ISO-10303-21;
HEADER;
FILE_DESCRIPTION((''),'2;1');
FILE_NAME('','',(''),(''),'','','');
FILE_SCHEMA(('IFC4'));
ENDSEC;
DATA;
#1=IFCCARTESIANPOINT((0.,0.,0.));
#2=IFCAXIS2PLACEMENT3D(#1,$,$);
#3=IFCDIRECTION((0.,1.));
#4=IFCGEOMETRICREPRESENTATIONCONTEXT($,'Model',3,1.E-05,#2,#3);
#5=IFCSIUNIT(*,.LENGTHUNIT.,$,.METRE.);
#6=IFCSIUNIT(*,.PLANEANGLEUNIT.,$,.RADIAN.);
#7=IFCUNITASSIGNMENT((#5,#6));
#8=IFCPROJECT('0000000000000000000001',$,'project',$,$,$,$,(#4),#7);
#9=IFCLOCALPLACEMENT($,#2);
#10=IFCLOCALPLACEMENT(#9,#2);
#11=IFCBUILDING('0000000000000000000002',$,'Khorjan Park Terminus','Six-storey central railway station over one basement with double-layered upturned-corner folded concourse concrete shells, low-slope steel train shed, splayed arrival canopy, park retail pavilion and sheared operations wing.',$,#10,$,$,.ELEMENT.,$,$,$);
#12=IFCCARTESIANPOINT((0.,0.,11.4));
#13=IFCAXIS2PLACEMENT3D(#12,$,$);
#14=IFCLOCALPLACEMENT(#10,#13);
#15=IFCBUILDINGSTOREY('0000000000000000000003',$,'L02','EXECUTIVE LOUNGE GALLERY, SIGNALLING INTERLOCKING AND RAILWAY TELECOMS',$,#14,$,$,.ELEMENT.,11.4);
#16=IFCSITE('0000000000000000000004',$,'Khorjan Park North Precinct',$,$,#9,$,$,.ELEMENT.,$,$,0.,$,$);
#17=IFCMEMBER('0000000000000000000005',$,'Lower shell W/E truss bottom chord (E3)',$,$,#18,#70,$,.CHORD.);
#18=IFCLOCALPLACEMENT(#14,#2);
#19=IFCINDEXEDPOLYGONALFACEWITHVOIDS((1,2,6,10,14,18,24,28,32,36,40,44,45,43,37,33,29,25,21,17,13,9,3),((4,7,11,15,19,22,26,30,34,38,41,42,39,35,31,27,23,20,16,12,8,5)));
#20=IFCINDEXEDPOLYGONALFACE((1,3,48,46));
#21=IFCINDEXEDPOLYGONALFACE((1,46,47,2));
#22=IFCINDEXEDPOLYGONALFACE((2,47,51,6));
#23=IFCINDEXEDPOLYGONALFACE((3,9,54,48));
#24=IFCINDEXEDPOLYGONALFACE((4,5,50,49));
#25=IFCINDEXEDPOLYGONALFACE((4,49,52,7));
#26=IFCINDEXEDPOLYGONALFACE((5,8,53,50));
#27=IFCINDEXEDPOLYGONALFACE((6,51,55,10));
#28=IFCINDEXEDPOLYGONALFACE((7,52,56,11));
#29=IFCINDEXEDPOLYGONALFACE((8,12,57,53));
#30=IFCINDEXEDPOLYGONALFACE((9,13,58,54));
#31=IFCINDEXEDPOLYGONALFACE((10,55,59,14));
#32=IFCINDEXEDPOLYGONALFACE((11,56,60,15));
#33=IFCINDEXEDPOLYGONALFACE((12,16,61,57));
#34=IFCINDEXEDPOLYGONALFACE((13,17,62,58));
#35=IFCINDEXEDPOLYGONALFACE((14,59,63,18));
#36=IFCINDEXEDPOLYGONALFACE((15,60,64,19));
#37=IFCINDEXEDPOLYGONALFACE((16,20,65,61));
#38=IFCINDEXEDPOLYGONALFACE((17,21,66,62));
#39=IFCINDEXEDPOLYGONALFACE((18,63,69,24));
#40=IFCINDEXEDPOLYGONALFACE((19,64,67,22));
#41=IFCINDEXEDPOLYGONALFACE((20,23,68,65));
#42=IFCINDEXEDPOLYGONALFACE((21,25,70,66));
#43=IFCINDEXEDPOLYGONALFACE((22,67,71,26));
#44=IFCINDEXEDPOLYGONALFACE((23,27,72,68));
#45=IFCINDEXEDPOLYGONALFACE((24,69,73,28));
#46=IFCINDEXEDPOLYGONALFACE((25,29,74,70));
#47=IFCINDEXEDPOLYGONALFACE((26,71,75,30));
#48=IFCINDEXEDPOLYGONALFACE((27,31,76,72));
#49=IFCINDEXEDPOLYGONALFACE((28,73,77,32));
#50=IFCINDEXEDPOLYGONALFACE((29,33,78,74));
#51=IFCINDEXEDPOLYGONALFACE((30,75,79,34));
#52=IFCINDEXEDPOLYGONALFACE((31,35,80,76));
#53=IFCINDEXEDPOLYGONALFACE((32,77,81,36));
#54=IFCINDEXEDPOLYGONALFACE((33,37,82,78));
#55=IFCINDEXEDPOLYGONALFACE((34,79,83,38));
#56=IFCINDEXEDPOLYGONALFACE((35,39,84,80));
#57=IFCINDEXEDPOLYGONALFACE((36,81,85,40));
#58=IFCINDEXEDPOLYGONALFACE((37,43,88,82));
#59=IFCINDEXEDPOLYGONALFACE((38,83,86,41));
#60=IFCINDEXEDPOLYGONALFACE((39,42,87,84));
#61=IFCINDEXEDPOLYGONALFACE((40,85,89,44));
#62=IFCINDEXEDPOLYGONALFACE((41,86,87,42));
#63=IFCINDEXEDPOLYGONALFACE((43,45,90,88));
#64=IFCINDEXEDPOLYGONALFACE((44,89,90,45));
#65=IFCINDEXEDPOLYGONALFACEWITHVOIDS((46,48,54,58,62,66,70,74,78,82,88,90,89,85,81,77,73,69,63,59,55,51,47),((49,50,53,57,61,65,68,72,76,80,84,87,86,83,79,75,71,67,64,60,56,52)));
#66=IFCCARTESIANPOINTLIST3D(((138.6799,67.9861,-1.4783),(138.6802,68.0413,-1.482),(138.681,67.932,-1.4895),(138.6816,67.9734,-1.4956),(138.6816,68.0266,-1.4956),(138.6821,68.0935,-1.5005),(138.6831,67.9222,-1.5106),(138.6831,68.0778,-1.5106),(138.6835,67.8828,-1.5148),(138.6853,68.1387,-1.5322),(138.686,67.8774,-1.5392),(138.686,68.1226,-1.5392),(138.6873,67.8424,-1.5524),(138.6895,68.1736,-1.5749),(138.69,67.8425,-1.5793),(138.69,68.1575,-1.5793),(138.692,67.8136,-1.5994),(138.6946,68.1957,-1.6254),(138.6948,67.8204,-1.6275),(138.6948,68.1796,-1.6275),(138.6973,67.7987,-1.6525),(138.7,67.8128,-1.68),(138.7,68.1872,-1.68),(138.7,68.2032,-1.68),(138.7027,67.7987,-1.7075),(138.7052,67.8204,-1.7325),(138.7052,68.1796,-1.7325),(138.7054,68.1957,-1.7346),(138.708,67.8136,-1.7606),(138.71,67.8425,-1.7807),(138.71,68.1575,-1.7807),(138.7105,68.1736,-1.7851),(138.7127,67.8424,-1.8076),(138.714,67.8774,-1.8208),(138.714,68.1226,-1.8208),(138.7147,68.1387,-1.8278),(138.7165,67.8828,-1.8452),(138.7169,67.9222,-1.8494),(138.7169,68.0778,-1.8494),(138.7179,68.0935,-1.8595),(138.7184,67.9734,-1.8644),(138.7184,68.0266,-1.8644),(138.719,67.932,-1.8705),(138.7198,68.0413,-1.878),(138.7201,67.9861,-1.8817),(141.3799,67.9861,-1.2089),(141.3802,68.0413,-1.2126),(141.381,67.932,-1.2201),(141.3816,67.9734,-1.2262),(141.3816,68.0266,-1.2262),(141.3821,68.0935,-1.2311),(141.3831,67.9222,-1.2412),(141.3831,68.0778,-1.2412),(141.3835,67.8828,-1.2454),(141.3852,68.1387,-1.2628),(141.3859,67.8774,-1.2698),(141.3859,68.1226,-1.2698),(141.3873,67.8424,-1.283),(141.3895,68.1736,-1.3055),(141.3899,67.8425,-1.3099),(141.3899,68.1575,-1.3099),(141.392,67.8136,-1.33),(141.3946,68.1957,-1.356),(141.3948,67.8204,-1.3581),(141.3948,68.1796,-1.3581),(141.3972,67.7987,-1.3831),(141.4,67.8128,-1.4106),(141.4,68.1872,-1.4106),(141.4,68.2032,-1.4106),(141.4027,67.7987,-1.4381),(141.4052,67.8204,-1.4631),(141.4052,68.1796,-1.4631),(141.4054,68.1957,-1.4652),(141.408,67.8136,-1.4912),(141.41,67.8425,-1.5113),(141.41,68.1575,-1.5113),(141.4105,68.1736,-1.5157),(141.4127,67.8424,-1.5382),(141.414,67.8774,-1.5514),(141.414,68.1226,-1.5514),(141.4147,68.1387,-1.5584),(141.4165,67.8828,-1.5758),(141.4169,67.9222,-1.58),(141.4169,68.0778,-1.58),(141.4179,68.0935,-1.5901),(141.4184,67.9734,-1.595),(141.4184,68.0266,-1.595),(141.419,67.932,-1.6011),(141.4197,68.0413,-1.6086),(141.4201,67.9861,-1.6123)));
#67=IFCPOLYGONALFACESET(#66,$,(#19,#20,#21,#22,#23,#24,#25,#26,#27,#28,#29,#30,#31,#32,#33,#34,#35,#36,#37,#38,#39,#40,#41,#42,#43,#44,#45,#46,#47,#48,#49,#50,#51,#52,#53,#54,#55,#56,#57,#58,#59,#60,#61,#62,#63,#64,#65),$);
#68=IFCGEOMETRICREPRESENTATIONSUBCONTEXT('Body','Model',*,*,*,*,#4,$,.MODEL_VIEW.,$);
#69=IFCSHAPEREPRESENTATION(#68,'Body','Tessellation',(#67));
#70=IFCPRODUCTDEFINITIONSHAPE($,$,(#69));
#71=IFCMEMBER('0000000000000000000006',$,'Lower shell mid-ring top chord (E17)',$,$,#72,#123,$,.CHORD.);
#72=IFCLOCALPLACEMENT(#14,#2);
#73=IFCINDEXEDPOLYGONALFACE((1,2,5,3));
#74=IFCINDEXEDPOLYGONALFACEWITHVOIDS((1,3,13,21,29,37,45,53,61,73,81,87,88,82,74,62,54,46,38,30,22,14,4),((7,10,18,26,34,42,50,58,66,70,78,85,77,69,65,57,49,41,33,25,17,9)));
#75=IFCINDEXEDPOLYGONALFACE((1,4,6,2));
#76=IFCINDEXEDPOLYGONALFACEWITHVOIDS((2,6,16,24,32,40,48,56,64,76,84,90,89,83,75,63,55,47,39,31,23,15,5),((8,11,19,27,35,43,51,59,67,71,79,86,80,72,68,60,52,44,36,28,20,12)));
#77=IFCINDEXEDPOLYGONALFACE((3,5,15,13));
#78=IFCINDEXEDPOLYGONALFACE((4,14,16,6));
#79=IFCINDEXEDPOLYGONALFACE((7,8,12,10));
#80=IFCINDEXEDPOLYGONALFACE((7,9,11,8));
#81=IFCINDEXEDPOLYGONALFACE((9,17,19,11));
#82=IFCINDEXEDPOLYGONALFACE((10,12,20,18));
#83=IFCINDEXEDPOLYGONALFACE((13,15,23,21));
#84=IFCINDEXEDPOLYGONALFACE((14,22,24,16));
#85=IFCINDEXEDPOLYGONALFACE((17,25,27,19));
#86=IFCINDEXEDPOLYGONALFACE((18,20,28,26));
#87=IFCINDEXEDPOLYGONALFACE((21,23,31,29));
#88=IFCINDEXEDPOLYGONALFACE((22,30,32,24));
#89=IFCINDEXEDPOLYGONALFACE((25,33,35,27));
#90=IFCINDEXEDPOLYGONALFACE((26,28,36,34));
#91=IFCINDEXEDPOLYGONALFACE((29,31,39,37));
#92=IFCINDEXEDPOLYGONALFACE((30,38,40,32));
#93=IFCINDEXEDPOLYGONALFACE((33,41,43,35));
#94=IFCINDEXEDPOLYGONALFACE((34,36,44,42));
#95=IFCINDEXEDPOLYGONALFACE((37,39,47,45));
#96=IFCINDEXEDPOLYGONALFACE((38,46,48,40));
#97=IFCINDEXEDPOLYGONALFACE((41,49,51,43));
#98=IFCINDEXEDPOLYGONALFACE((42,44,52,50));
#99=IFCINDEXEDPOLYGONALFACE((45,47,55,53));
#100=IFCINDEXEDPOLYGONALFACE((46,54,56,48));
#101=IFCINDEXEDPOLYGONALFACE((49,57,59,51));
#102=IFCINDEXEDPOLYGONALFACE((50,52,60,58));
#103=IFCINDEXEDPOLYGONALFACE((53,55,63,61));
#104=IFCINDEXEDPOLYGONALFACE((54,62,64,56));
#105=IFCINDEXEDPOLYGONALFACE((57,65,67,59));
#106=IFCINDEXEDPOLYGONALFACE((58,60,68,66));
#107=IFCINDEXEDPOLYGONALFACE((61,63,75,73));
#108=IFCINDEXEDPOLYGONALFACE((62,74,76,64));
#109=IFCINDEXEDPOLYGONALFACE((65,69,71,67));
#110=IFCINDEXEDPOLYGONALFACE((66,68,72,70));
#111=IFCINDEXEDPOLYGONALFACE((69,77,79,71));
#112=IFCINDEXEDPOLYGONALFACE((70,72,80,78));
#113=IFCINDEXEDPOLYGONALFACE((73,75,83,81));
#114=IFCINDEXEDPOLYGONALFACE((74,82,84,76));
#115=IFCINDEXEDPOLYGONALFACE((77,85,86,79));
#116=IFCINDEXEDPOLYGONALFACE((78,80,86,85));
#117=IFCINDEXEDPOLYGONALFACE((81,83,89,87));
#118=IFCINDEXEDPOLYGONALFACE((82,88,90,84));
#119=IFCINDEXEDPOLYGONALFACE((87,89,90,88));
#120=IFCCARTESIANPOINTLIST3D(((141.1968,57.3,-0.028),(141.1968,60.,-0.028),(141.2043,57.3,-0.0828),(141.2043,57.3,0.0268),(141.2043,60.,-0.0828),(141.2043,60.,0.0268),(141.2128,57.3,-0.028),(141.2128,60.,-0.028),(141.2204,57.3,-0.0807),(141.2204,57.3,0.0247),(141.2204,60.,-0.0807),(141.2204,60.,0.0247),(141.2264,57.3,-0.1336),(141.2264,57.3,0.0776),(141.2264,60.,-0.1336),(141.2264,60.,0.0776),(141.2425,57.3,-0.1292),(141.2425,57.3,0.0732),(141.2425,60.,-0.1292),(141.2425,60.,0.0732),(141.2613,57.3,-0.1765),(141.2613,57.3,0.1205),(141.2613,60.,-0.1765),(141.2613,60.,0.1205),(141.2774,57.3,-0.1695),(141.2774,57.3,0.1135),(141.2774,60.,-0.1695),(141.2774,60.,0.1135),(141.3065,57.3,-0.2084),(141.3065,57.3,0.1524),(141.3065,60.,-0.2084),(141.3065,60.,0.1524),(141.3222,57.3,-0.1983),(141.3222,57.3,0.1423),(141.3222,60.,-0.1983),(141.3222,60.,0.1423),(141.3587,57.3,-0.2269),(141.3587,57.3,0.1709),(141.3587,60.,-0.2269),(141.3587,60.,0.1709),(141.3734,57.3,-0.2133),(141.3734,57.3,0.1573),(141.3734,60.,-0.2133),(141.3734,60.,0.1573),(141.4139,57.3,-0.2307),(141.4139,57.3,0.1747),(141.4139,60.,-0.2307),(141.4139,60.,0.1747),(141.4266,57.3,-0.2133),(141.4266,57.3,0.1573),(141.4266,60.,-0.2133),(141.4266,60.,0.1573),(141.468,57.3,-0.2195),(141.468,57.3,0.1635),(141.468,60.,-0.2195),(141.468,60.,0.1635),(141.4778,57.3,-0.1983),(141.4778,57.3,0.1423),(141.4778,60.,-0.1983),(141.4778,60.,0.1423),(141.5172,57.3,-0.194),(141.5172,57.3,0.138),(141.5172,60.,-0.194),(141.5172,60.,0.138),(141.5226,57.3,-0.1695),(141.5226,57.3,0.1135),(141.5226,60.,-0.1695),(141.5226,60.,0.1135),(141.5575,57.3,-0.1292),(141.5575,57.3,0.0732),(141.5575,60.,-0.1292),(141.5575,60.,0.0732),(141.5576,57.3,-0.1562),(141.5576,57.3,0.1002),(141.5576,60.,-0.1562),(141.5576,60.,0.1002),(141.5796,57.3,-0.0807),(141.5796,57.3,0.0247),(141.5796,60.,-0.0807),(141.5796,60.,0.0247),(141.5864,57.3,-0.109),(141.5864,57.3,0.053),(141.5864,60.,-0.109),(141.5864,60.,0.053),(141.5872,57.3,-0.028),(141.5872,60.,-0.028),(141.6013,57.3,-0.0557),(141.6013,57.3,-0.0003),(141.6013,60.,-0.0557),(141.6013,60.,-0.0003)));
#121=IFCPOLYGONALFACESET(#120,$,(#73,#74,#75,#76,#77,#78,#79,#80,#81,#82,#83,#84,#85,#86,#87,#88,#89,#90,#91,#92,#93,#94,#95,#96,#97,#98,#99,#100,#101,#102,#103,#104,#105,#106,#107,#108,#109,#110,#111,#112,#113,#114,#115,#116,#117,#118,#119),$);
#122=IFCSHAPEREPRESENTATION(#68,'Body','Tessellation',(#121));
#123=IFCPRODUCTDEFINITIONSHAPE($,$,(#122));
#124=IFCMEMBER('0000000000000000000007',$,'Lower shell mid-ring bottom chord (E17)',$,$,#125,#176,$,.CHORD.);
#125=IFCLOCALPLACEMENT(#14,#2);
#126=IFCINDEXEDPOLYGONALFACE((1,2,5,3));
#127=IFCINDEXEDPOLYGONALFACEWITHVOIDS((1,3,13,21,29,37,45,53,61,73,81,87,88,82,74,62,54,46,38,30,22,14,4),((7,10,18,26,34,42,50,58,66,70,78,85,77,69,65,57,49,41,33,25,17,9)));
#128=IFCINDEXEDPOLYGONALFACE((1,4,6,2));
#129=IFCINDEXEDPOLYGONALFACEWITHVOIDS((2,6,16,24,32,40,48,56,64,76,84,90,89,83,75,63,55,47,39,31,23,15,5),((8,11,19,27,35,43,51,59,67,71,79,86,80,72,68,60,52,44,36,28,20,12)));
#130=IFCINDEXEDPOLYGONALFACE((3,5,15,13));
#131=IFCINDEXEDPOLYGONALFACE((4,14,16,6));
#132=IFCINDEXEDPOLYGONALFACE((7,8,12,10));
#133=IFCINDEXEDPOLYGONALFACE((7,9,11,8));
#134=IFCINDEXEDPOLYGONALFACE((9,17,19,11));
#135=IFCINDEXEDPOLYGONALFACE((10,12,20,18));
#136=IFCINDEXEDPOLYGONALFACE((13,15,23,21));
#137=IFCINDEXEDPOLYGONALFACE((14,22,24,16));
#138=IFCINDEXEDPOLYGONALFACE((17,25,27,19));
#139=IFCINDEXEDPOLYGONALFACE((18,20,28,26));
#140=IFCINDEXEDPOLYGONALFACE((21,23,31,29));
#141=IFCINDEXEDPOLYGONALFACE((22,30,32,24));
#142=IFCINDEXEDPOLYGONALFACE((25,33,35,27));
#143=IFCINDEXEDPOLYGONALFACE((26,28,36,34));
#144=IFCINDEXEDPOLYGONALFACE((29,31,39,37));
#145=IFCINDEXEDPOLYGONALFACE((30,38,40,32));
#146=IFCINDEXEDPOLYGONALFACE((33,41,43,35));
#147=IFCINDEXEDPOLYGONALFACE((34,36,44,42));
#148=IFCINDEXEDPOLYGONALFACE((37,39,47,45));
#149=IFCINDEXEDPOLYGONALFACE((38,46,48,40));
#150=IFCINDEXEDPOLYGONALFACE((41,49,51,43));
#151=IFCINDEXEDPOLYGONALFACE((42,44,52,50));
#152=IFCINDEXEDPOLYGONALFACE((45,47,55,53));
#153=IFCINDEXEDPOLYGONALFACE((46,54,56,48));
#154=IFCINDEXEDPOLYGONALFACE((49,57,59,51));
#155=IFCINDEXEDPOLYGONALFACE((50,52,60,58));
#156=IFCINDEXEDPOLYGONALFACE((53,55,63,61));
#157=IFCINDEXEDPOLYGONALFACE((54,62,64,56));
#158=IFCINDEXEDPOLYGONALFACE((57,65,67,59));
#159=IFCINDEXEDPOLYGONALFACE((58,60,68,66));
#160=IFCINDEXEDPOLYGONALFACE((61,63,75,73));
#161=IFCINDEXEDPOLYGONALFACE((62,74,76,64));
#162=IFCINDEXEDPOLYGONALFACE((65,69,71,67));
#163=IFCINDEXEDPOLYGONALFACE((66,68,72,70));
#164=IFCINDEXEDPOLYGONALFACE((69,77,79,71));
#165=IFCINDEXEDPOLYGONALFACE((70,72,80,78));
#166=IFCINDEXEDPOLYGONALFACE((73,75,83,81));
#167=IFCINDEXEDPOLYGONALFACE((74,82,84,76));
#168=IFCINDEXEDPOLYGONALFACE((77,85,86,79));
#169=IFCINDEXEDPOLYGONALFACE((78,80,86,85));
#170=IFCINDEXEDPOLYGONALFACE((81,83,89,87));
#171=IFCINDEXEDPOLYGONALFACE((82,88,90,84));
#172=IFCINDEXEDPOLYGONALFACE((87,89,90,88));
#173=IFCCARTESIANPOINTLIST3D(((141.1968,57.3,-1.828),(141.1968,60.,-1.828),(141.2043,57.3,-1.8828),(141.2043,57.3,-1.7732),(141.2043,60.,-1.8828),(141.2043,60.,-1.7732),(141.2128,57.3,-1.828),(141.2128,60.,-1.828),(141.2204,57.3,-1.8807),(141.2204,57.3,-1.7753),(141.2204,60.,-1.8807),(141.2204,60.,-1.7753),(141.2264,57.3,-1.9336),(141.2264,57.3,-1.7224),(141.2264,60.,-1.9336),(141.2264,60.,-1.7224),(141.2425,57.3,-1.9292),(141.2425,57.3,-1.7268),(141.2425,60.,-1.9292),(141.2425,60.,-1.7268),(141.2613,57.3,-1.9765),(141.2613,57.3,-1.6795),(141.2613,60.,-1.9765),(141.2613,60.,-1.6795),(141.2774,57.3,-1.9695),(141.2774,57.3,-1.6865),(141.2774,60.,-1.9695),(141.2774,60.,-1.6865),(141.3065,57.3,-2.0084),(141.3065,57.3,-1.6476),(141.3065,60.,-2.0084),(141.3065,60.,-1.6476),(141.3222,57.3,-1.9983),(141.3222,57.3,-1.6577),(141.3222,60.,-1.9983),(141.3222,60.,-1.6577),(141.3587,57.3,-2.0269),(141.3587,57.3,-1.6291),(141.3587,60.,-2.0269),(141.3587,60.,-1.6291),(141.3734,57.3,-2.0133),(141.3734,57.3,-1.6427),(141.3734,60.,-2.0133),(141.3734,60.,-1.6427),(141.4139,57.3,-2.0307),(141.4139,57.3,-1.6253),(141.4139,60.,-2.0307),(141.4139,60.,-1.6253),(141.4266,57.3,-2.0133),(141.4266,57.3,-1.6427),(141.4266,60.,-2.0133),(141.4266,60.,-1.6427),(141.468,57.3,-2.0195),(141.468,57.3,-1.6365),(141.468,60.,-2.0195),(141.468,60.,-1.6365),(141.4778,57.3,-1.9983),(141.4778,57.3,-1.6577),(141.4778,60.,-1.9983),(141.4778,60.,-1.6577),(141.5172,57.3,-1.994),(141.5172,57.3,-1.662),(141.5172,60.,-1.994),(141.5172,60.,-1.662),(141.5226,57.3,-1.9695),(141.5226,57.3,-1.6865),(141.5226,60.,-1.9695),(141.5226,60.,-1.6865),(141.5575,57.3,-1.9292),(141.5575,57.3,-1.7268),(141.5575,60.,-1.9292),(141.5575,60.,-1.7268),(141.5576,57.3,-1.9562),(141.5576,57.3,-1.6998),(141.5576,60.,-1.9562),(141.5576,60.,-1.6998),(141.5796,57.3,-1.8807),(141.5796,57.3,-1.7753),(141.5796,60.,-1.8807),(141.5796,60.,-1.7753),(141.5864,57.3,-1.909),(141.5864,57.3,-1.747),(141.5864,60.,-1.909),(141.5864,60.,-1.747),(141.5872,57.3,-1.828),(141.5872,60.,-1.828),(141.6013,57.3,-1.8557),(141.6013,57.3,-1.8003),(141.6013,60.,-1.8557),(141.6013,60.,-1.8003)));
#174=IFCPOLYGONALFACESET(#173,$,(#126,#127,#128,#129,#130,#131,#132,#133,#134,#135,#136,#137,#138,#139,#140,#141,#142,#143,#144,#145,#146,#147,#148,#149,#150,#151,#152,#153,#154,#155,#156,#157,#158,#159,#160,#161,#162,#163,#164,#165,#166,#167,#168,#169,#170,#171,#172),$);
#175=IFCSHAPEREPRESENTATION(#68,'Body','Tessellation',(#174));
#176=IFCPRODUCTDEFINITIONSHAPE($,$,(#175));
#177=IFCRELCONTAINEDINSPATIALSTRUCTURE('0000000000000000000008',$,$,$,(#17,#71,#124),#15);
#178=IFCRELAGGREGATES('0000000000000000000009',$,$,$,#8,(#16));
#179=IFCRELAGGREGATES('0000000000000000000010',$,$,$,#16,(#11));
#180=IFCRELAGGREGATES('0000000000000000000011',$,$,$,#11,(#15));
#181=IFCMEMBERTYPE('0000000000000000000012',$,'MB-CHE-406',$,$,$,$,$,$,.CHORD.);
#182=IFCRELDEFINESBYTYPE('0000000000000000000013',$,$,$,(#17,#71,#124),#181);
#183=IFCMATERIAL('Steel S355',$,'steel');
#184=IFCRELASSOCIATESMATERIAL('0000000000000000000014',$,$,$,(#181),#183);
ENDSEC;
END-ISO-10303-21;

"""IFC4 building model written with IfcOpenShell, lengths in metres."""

from ifc_helpers import new_model, si_unit, direction, frame, origin, origin_2d, place, context, subcontext, project, spatial, hollow_circle, extrude, material, material_profile, profile_set, type_object, element, save


model = new_model("IFC4")

# Units and contexts
model_context = context("Model", 3, precision=1e-05, world=origin(), true_north=direction((0.0, 1.0)))
body_context = subcontext(model_context, "Body", "Model", "MODEL_VIEW")
ifc_project = project(units=[si_unit("LENGTHUNIT", "METRE"), si_unit("PLANEANGLEUNIT", "RADIAN")], contexts=[model_context])

# Site, building, storey
site_placement = place(None, origin())
site = spatial("IfcSite", under=ifc_project, at=site_placement, Name="Khorjan Park North Precinct", CompositionType="ELEMENT", RefElevation=0.0)
building_placement = place(site_placement, origin())
building = spatial("IfcBuilding", under=site, at=building_placement, Name="Khorjan Park Terminus", Description="Six-storey central railway station over one basement with double-layered upturned-corner folded concourse concrete shells, low-slope steel train shed, splayed arrival canopy, park retail pavilion and sheared operations wing.", CompositionType="ELEMENT")
storey_placement = place(building_placement, frame((0.0, 0.0, 11.4)))
storey = spatial("IfcBuildingStorey", under=building, at=storey_placement, Name="L02", Description="EXECUTIVE LOUNGE GALLERY, SIGNALLING INTERLOCKING AND RAILWAY TELECOMS", CompositionType="ELEMENT", Elevation=11.4)

# Members
ifc_material_1 = material(Name="Steel S355", Category="steel")
ifc_material_profile_1 = material_profile(ifc_material_1, hollow_circle(Radius=0.2032, WallThickness=0.016, at=origin_2d()), Name="CHS 406.4x16")
ifc_profile_set_1 = profile_set([ifc_material_profile_1], Name="Steel S355")
member_type_1 = type_object("IfcMemberType", Name="MB-CHE-406", PredefinedType="CHORD", material=ifc_profile_set_1)
for number, where, z_axis, x_axis, name in (
    (1, (138.7, 68.0, -1.68), (0.995059, 0.0, 0.099285), (0.0, 1.0, 0.0), "Lower shell W/E truss bottom chord (E3)"),
):
    element("IfcMember", number, at=place(storey_placement, frame(where, z_axis=z_axis, x_axis=x_axis)), inside=storey, type_object=member_type_1, Name=name, PredefinedType="CHORD", context=body_context, shape_type="SweptSolid", body=[
        extrude(hollow_circle(Radius=0.2032, WallThickness=0.016, at=origin_2d()), origin(), (0.0, 0.0, 1.0), 2.7134),
    ])
for number, where, z_axis, x_axis, name in (
    (2, (141.4, 57.3, -0.028), (0.0, 1.0, 0.0), (-1.0, 0.0, 0.0), "Lower shell mid-ring top chord (E17)"),
    (3, (141.4, 57.3, -1.828), (0.0, 1.0, 0.0), (-1.0, 0.0, 0.0), "Lower shell mid-ring bottom chord (E17)"),
):
    element("IfcMember", number, at=place(storey_placement, frame(where, z_axis=z_axis, x_axis=x_axis)), inside=storey, type_object=member_type_1, Name=name, PredefinedType="CHORD", context=body_context, shape_type="SweptSolid", body=[
        extrude(hollow_circle(Radius=0.2032, WallThickness=0.016, at=origin_2d()), origin(), (0.0, 0.0, 1.0), 2.7),
    ])

save(model, "model.ifc")
